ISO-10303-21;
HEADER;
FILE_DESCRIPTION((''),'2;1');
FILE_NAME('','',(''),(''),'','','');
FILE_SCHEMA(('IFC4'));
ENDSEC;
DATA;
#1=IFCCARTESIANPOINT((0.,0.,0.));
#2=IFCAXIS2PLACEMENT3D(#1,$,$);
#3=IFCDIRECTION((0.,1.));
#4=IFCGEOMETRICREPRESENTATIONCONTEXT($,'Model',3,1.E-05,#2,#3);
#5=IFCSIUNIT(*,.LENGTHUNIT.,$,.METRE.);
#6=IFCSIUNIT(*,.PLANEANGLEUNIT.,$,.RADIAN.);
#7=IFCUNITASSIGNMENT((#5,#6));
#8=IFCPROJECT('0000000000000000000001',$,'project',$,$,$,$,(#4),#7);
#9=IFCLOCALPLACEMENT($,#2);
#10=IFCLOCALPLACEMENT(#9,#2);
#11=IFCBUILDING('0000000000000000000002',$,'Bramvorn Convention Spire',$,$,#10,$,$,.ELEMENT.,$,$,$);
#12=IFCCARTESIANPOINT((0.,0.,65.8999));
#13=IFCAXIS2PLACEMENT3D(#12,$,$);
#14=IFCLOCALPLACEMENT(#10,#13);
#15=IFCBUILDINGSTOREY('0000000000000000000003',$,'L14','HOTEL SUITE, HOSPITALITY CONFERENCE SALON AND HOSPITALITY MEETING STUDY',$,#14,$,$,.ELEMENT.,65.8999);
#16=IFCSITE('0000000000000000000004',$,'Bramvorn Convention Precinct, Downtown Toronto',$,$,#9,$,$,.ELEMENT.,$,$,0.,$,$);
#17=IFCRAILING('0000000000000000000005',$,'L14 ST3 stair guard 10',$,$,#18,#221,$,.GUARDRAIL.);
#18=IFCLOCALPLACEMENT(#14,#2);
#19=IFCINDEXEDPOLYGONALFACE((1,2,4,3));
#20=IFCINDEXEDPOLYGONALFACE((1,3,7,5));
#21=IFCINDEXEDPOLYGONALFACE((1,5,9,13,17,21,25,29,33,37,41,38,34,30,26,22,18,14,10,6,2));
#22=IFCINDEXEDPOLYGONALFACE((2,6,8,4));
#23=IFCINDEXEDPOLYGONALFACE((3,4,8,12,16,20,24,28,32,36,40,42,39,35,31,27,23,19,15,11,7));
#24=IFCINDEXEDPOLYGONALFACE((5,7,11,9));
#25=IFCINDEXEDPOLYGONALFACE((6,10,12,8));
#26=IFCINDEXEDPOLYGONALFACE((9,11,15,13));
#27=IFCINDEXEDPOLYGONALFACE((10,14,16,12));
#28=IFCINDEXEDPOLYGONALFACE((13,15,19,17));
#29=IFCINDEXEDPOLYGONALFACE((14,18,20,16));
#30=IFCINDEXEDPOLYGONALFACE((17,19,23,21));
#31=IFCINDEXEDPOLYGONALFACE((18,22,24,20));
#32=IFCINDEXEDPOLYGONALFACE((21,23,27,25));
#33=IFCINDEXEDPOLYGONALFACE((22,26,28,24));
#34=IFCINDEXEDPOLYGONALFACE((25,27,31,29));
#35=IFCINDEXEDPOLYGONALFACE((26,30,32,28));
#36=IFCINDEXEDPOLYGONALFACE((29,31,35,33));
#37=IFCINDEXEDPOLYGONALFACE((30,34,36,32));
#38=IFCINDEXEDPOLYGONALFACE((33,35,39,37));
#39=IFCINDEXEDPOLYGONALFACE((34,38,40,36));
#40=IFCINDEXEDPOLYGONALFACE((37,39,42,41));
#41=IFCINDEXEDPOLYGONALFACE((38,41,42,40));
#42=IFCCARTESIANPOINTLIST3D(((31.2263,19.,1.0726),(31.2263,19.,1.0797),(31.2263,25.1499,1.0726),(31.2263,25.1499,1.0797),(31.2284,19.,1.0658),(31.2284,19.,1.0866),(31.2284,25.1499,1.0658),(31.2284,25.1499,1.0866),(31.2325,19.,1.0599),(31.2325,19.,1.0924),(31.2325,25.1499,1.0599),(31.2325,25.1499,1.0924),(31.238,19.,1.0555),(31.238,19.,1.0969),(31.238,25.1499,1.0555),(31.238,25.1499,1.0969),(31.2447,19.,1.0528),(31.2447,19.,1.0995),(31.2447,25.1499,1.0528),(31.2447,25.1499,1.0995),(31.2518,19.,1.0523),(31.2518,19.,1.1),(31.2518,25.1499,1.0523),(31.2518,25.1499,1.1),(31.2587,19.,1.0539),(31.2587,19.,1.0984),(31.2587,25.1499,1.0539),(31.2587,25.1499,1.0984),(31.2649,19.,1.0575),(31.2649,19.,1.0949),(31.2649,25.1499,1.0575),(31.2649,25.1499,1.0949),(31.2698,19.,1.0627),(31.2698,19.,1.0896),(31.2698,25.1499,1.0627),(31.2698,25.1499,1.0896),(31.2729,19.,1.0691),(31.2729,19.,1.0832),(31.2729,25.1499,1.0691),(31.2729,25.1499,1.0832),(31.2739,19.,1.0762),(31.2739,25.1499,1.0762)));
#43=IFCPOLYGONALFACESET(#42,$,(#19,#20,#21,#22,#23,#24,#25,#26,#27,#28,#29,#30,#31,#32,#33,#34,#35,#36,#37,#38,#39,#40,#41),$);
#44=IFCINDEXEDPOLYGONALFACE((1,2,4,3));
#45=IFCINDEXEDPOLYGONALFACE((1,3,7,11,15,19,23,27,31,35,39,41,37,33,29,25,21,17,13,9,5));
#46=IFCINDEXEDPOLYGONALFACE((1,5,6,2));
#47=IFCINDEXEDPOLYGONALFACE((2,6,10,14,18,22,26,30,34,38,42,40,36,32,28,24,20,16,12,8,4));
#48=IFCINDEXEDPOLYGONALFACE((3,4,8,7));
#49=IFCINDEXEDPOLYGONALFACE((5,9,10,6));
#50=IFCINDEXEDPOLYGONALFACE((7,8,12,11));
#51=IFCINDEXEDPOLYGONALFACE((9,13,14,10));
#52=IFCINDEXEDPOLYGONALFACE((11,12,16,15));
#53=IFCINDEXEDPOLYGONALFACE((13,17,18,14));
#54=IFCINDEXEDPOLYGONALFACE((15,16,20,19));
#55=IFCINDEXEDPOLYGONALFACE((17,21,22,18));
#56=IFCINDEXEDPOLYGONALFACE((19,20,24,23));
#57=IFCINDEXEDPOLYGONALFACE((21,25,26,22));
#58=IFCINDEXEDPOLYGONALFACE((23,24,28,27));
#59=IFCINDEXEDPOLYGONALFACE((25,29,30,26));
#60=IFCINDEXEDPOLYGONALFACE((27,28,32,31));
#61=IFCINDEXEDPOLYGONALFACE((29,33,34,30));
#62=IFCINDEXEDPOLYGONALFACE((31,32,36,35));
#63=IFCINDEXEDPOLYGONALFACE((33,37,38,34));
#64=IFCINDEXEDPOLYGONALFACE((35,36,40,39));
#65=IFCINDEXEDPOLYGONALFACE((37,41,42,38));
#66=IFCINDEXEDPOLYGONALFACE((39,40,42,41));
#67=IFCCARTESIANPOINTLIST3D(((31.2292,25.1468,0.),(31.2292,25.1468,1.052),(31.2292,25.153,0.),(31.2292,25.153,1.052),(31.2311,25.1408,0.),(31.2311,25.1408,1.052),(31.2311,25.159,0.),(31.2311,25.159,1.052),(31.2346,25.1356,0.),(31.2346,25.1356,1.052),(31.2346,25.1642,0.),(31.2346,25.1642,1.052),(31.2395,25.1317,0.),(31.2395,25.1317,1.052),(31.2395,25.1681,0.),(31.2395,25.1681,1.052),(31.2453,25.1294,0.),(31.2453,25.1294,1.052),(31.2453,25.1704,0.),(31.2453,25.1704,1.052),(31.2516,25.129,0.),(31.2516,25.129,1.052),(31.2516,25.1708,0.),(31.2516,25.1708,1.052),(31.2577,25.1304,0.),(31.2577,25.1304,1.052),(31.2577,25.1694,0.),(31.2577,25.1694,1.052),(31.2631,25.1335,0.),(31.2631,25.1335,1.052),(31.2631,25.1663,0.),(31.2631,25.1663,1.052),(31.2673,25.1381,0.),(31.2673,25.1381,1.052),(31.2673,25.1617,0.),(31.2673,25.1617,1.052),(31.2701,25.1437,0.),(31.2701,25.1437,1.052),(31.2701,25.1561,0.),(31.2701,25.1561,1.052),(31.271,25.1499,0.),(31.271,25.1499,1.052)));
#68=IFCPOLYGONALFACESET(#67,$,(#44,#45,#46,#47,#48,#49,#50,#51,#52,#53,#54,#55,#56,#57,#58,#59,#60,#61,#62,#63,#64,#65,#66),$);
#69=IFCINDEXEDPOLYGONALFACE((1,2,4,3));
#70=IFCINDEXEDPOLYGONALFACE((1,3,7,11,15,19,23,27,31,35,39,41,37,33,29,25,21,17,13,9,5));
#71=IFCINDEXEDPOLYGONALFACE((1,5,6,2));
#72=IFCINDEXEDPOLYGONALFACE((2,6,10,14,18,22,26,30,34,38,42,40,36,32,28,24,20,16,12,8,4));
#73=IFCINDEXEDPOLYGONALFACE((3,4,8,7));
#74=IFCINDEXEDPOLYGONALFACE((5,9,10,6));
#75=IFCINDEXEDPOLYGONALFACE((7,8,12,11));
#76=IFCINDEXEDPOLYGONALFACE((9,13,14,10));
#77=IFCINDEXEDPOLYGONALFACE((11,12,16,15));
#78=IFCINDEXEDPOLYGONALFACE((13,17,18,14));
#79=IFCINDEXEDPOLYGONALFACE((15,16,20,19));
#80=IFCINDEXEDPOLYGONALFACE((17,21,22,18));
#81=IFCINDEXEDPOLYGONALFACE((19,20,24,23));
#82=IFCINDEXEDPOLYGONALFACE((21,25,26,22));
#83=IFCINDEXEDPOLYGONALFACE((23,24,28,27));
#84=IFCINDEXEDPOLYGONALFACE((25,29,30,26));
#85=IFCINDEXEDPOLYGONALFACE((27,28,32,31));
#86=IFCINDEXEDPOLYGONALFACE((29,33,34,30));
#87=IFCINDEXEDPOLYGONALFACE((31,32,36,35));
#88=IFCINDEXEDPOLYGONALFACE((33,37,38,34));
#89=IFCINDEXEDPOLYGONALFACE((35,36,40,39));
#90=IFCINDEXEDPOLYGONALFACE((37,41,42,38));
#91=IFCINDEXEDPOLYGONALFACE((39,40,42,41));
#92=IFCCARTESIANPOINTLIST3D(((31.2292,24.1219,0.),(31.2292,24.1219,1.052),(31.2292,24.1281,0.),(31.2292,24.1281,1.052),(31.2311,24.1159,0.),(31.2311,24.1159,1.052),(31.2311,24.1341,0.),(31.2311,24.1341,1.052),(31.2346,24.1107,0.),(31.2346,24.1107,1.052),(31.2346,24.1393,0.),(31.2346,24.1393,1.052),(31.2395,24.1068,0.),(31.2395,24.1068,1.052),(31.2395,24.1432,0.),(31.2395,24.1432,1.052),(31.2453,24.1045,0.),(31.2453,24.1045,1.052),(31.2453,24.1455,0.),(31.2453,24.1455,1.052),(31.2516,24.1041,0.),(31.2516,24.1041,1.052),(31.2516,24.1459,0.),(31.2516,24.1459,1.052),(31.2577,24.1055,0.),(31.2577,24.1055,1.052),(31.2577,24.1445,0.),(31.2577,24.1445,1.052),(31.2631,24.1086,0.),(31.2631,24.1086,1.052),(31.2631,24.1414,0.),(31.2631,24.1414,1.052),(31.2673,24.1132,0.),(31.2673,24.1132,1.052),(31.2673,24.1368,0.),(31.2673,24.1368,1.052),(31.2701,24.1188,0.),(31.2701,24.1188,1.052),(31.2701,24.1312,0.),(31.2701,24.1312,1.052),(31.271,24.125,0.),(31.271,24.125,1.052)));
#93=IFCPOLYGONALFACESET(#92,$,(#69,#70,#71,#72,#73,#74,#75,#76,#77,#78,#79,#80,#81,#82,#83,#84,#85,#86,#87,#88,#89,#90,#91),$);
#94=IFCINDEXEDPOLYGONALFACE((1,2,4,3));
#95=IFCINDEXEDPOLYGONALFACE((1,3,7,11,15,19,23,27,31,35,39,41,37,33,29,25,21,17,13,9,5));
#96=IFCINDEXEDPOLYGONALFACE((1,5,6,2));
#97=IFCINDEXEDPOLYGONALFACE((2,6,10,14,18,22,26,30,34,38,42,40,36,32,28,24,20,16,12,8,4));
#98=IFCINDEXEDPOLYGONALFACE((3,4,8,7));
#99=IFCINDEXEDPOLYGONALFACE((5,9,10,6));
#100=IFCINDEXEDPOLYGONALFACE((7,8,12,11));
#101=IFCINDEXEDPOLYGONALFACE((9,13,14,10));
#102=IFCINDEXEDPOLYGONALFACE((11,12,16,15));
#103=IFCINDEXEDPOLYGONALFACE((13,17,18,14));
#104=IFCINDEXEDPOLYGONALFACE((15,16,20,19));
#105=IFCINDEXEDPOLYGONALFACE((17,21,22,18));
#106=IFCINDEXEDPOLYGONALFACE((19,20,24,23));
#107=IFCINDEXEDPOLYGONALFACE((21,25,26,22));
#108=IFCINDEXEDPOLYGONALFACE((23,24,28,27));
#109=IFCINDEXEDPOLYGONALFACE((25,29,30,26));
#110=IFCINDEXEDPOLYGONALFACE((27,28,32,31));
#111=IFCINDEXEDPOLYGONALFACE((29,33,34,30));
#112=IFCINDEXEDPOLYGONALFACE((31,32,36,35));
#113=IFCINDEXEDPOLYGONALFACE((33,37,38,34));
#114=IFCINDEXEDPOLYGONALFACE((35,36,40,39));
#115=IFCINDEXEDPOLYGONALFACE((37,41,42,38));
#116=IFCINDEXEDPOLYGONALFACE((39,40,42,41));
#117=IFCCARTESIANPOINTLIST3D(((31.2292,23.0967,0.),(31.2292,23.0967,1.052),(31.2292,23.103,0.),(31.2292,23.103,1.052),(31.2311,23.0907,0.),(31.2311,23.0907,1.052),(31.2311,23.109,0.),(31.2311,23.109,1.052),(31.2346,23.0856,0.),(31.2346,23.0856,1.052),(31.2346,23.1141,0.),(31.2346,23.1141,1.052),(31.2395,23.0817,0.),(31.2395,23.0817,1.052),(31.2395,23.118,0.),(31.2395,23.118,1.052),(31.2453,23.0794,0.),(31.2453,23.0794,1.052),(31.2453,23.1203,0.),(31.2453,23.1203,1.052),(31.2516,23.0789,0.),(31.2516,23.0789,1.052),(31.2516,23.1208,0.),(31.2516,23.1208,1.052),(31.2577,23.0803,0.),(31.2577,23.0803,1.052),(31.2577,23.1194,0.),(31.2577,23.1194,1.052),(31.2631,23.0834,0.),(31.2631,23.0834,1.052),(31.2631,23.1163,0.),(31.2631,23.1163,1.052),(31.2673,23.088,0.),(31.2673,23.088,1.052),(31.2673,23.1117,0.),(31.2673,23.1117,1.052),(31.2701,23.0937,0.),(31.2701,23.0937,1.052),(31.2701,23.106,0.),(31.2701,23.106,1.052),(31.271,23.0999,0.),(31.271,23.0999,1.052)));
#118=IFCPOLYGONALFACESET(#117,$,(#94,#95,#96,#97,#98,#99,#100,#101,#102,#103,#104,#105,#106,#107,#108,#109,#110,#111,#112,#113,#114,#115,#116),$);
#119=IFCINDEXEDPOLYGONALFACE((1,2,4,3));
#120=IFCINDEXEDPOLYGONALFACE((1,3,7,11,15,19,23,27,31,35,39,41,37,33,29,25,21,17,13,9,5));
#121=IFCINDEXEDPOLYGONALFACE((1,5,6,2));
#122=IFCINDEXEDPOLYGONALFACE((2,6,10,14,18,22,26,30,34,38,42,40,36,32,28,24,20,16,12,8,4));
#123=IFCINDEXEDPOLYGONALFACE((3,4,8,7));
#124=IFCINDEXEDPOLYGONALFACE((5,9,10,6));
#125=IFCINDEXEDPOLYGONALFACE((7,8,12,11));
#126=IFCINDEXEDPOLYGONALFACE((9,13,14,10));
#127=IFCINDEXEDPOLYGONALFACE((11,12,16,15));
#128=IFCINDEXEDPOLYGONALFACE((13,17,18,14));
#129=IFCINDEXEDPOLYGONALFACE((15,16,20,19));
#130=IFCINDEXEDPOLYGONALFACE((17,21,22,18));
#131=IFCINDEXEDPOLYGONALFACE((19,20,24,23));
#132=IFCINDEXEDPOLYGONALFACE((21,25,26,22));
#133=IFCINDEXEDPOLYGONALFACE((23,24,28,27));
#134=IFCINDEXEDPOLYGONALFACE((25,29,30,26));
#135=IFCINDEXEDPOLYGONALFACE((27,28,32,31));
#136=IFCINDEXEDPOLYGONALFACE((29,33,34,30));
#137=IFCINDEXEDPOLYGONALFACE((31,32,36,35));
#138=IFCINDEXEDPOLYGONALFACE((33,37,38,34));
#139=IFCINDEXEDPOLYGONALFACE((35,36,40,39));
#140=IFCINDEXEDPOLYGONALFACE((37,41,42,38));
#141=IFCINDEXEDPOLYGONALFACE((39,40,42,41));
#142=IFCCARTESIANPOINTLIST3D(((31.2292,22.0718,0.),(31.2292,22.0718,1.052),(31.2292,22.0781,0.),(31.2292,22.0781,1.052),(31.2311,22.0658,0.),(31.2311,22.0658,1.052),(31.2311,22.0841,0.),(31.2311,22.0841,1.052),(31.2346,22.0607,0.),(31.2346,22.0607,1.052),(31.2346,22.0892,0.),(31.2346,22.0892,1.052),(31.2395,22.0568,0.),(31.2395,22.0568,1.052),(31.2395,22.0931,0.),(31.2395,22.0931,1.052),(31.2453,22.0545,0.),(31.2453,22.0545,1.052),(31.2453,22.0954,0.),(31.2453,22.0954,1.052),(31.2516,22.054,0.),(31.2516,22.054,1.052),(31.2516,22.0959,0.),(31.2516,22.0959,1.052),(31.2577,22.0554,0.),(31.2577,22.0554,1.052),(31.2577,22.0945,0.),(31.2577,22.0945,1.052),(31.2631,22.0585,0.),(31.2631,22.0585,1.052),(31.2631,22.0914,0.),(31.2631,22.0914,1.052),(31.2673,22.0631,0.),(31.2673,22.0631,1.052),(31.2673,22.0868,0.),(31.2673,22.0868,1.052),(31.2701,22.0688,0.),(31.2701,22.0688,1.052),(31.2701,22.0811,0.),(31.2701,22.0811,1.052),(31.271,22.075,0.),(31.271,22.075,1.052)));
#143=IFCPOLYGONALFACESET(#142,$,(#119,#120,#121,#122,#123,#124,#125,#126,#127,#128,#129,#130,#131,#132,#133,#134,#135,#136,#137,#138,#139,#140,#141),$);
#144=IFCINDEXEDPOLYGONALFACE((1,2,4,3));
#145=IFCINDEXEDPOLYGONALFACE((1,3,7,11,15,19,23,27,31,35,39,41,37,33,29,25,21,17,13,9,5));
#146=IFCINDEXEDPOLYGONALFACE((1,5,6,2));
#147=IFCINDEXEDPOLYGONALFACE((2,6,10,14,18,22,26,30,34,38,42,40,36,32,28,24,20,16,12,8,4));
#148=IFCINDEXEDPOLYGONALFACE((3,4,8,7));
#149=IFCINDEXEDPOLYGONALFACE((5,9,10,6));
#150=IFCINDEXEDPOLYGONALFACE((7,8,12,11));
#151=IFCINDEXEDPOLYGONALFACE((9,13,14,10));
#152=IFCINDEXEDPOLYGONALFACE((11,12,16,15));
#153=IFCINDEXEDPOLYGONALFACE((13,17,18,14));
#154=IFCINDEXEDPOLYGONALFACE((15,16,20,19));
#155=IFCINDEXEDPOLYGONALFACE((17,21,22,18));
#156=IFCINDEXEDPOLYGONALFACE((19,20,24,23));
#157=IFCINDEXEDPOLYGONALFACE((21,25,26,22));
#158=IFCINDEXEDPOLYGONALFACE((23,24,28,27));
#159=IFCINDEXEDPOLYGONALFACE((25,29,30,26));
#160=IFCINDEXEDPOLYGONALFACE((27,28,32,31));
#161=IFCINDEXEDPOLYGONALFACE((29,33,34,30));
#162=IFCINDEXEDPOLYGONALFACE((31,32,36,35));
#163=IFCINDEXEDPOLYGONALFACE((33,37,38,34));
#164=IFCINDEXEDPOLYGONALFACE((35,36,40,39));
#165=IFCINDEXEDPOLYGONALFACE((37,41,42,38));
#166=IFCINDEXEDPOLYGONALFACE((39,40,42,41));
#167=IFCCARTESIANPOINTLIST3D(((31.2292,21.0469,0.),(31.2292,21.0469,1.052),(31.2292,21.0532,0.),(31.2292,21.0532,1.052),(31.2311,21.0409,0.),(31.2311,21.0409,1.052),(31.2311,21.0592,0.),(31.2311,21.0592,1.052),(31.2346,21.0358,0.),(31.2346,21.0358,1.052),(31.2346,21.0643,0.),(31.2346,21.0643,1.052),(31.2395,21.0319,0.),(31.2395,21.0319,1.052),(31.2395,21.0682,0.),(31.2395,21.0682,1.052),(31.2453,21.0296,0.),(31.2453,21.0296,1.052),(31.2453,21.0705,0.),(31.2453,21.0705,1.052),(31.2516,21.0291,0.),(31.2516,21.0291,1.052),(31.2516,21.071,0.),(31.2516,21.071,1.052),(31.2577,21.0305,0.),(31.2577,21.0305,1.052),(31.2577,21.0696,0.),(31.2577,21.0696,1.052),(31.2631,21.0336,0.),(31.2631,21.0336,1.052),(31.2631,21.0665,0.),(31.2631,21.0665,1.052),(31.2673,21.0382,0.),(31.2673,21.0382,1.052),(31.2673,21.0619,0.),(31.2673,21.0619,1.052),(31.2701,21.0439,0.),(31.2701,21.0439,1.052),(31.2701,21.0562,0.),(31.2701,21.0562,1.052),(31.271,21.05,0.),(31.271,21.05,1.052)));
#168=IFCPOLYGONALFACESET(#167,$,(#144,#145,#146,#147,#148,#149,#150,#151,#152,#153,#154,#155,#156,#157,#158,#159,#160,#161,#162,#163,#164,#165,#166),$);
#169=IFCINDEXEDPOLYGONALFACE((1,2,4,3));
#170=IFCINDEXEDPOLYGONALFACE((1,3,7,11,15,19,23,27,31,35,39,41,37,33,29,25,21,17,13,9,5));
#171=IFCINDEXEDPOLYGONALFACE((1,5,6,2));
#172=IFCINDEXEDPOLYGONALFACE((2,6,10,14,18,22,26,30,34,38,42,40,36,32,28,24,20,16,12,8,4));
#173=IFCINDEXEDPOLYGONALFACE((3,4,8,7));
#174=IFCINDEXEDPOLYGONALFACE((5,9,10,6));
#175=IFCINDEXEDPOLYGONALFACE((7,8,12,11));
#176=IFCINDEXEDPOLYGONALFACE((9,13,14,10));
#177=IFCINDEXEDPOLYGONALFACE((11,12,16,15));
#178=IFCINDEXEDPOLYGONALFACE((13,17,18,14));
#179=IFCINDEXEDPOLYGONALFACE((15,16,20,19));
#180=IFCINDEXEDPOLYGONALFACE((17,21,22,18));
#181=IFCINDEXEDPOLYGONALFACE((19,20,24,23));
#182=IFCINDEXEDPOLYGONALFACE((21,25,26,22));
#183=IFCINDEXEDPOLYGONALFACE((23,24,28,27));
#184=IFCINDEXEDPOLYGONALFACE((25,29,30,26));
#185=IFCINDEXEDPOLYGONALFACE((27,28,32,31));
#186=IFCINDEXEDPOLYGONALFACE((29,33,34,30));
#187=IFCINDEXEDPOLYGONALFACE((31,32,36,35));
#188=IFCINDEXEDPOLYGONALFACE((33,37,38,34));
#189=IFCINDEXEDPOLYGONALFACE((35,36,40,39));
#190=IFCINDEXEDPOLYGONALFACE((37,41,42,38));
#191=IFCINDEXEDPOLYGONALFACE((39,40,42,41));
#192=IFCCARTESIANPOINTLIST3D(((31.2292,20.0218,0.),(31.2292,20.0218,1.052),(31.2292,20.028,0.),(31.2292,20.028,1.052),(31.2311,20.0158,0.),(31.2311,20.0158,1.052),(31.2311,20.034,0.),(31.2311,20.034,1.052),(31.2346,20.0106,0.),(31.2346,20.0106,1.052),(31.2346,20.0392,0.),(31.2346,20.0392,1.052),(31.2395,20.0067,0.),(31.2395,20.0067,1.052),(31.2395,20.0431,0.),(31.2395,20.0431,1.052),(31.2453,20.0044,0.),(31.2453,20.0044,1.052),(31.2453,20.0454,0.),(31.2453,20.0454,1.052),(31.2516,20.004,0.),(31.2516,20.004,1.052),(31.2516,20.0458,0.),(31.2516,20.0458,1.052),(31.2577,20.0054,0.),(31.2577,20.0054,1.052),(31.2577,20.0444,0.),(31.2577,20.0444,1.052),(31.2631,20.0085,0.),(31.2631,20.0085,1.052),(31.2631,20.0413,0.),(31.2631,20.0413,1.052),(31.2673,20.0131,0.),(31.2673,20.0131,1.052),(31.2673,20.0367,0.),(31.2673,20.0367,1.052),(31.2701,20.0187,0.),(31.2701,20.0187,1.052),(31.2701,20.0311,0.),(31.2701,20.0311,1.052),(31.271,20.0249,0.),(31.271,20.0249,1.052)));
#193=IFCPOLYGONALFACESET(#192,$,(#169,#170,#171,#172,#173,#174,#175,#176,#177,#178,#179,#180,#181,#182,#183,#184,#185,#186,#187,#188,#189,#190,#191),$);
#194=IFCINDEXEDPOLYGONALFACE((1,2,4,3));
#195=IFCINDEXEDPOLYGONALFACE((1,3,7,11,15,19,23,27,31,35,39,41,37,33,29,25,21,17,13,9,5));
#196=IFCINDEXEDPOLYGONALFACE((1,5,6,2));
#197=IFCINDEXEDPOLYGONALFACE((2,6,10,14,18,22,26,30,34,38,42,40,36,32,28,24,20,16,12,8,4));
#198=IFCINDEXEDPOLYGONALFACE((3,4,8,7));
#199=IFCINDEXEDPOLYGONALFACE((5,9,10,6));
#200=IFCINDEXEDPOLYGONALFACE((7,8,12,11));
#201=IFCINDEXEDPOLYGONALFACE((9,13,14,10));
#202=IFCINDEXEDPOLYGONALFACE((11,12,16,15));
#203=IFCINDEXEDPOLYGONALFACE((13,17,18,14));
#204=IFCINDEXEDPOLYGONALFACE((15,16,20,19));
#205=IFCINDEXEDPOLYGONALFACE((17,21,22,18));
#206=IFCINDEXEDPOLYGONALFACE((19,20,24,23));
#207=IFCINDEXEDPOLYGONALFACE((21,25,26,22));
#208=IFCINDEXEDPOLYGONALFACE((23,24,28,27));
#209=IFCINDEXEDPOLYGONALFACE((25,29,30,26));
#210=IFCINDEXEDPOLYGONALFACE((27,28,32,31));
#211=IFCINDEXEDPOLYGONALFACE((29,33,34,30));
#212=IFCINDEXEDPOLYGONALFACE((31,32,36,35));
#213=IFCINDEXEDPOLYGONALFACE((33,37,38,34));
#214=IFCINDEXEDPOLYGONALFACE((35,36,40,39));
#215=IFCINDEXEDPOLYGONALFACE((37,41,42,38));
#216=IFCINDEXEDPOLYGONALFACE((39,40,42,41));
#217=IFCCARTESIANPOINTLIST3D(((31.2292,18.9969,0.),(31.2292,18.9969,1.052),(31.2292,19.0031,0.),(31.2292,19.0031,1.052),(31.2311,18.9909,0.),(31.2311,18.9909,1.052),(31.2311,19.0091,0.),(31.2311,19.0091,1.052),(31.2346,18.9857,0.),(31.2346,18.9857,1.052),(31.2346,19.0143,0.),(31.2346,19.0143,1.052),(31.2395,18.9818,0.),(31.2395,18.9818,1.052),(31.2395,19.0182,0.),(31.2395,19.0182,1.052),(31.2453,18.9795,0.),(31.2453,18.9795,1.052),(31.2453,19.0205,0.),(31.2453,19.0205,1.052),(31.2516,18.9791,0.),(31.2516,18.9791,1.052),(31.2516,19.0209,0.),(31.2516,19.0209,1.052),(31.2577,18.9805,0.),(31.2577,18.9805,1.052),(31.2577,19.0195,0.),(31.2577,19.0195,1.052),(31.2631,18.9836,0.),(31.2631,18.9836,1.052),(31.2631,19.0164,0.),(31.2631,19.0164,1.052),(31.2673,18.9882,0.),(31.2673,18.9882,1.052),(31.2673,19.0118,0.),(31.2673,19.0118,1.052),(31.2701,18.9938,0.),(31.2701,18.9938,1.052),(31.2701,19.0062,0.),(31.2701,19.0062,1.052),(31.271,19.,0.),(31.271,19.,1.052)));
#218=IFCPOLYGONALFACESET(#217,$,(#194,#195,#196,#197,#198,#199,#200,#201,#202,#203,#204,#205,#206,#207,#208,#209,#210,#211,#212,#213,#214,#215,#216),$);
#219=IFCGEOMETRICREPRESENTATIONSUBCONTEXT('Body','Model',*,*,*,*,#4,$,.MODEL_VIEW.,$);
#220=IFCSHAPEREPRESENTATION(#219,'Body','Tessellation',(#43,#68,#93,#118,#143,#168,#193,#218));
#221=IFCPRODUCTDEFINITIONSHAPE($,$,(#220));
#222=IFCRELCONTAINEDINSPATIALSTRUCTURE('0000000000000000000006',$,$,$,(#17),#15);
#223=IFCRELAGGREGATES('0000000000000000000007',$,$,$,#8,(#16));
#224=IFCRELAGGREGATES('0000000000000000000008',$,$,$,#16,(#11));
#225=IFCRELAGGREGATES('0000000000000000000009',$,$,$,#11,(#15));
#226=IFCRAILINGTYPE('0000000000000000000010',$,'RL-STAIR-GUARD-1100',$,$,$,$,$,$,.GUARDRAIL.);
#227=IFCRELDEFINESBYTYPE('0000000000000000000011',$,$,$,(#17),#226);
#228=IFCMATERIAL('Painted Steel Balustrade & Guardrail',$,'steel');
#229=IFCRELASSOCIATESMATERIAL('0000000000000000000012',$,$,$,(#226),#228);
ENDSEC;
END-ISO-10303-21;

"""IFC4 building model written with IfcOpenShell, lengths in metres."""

from ifc_helpers import new_model, si_unit, direction, frame, origin, origin_2d, place, context, subcontext, project, spatial, circle, extrude, material, type_object, element, save


model = new_model("IFC4")

# Units and contexts
model_context = context("Model", 3, precision=1e-05, world=origin(), true_north=direction((0.0, 1.0)))
body_context = subcontext(model_context, "Body", "Model", "MODEL_VIEW")
ifc_project = project(units=[si_unit("LENGTHUNIT", "METRE"), si_unit("PLANEANGLEUNIT", "RADIAN")], contexts=[model_context])

# Site, building, storey
site_placement = place(None, origin())
site = spatial("IfcSite", under=ifc_project, at=site_placement, Name="Bramvorn Convention Precinct, Downtown Toronto", CompositionType="ELEMENT", RefElevation=0.0)
building_placement = place(site_placement, origin())
building = spatial("IfcBuilding", under=site, at=building_placement, Name="Bramvorn Convention Spire", CompositionType="ELEMENT")
storey_placement = place(building_placement, frame((0.0, 0.0, 65.8999)))
storey = spatial("IfcBuildingStorey", under=building, at=storey_placement, Name="L14", Description="HOTEL SUITE, HOSPITALITY CONFERENCE SALON AND HOSPITALITY MEETING STUDY", CompositionType="ELEMENT", Elevation=65.8999)

# Railing
ifc_material_1 = material(Name="Painted Steel Balustrade & Guardrail", Category="steel")
railing_type_1 = type_object("IfcRailingType", Name="RL-STAIR-GUARD-1100", PredefinedType="GUARDRAIL", material=ifc_material_1)
railing_1_placement = place(storey_placement, frame((31.25, 25.1499, 0.0)))
element("IfcRailing", 1, at=railing_1_placement, inside=storey, type_object=railing_type_1, Name="L14 ST3 stair guard 10", PredefinedType="GUARDRAIL", context=body_context, shape_type="SweptSolid", body=[
    extrude(circle(Radius=0.0239, at=origin_2d()), frame((0.0, 0.0, 1.0762), z_axis=(0.0, -1.0, 0.0), x_axis=(1.0, 0.0, 0.0)), (0.0, 0.0, 1.0), 6.1499),
    extrude(circle(Radius=0.021, at=origin_2d()), origin(), (0.0, 0.0, 1.0), 1.052),
    extrude(circle(Radius=0.021, at=origin_2d()), frame((0.0, -1.0249, 0.0)), (0.0, 0.0, 1.0), 1.052),
    extrude(circle(Radius=0.021, at=origin_2d()), frame((0.0, -2.05, 0.0)), (0.0, 0.0, 1.0), 1.052),
    extrude(circle(Radius=0.021, at=origin_2d()), frame((0.0, -3.075, 0.0)), (0.0, 0.0, 1.0), 1.052),
    extrude(circle(Radius=0.021, at=origin_2d()), frame((0.0, -4.0999, 0.0)), (0.0, 0.0, 1.0), 1.052),
    extrude(circle(Radius=0.021, at=origin_2d()), frame((0.0, -5.125, 0.0)), (0.0, 0.0, 1.0), 1.052),
    extrude(circle(Radius=0.021, at=origin_2d()), frame((0.0, -6.1499, 0.0)), (0.0, 0.0, 1.0), 1.052),
])

save(model, "model.ifc")
